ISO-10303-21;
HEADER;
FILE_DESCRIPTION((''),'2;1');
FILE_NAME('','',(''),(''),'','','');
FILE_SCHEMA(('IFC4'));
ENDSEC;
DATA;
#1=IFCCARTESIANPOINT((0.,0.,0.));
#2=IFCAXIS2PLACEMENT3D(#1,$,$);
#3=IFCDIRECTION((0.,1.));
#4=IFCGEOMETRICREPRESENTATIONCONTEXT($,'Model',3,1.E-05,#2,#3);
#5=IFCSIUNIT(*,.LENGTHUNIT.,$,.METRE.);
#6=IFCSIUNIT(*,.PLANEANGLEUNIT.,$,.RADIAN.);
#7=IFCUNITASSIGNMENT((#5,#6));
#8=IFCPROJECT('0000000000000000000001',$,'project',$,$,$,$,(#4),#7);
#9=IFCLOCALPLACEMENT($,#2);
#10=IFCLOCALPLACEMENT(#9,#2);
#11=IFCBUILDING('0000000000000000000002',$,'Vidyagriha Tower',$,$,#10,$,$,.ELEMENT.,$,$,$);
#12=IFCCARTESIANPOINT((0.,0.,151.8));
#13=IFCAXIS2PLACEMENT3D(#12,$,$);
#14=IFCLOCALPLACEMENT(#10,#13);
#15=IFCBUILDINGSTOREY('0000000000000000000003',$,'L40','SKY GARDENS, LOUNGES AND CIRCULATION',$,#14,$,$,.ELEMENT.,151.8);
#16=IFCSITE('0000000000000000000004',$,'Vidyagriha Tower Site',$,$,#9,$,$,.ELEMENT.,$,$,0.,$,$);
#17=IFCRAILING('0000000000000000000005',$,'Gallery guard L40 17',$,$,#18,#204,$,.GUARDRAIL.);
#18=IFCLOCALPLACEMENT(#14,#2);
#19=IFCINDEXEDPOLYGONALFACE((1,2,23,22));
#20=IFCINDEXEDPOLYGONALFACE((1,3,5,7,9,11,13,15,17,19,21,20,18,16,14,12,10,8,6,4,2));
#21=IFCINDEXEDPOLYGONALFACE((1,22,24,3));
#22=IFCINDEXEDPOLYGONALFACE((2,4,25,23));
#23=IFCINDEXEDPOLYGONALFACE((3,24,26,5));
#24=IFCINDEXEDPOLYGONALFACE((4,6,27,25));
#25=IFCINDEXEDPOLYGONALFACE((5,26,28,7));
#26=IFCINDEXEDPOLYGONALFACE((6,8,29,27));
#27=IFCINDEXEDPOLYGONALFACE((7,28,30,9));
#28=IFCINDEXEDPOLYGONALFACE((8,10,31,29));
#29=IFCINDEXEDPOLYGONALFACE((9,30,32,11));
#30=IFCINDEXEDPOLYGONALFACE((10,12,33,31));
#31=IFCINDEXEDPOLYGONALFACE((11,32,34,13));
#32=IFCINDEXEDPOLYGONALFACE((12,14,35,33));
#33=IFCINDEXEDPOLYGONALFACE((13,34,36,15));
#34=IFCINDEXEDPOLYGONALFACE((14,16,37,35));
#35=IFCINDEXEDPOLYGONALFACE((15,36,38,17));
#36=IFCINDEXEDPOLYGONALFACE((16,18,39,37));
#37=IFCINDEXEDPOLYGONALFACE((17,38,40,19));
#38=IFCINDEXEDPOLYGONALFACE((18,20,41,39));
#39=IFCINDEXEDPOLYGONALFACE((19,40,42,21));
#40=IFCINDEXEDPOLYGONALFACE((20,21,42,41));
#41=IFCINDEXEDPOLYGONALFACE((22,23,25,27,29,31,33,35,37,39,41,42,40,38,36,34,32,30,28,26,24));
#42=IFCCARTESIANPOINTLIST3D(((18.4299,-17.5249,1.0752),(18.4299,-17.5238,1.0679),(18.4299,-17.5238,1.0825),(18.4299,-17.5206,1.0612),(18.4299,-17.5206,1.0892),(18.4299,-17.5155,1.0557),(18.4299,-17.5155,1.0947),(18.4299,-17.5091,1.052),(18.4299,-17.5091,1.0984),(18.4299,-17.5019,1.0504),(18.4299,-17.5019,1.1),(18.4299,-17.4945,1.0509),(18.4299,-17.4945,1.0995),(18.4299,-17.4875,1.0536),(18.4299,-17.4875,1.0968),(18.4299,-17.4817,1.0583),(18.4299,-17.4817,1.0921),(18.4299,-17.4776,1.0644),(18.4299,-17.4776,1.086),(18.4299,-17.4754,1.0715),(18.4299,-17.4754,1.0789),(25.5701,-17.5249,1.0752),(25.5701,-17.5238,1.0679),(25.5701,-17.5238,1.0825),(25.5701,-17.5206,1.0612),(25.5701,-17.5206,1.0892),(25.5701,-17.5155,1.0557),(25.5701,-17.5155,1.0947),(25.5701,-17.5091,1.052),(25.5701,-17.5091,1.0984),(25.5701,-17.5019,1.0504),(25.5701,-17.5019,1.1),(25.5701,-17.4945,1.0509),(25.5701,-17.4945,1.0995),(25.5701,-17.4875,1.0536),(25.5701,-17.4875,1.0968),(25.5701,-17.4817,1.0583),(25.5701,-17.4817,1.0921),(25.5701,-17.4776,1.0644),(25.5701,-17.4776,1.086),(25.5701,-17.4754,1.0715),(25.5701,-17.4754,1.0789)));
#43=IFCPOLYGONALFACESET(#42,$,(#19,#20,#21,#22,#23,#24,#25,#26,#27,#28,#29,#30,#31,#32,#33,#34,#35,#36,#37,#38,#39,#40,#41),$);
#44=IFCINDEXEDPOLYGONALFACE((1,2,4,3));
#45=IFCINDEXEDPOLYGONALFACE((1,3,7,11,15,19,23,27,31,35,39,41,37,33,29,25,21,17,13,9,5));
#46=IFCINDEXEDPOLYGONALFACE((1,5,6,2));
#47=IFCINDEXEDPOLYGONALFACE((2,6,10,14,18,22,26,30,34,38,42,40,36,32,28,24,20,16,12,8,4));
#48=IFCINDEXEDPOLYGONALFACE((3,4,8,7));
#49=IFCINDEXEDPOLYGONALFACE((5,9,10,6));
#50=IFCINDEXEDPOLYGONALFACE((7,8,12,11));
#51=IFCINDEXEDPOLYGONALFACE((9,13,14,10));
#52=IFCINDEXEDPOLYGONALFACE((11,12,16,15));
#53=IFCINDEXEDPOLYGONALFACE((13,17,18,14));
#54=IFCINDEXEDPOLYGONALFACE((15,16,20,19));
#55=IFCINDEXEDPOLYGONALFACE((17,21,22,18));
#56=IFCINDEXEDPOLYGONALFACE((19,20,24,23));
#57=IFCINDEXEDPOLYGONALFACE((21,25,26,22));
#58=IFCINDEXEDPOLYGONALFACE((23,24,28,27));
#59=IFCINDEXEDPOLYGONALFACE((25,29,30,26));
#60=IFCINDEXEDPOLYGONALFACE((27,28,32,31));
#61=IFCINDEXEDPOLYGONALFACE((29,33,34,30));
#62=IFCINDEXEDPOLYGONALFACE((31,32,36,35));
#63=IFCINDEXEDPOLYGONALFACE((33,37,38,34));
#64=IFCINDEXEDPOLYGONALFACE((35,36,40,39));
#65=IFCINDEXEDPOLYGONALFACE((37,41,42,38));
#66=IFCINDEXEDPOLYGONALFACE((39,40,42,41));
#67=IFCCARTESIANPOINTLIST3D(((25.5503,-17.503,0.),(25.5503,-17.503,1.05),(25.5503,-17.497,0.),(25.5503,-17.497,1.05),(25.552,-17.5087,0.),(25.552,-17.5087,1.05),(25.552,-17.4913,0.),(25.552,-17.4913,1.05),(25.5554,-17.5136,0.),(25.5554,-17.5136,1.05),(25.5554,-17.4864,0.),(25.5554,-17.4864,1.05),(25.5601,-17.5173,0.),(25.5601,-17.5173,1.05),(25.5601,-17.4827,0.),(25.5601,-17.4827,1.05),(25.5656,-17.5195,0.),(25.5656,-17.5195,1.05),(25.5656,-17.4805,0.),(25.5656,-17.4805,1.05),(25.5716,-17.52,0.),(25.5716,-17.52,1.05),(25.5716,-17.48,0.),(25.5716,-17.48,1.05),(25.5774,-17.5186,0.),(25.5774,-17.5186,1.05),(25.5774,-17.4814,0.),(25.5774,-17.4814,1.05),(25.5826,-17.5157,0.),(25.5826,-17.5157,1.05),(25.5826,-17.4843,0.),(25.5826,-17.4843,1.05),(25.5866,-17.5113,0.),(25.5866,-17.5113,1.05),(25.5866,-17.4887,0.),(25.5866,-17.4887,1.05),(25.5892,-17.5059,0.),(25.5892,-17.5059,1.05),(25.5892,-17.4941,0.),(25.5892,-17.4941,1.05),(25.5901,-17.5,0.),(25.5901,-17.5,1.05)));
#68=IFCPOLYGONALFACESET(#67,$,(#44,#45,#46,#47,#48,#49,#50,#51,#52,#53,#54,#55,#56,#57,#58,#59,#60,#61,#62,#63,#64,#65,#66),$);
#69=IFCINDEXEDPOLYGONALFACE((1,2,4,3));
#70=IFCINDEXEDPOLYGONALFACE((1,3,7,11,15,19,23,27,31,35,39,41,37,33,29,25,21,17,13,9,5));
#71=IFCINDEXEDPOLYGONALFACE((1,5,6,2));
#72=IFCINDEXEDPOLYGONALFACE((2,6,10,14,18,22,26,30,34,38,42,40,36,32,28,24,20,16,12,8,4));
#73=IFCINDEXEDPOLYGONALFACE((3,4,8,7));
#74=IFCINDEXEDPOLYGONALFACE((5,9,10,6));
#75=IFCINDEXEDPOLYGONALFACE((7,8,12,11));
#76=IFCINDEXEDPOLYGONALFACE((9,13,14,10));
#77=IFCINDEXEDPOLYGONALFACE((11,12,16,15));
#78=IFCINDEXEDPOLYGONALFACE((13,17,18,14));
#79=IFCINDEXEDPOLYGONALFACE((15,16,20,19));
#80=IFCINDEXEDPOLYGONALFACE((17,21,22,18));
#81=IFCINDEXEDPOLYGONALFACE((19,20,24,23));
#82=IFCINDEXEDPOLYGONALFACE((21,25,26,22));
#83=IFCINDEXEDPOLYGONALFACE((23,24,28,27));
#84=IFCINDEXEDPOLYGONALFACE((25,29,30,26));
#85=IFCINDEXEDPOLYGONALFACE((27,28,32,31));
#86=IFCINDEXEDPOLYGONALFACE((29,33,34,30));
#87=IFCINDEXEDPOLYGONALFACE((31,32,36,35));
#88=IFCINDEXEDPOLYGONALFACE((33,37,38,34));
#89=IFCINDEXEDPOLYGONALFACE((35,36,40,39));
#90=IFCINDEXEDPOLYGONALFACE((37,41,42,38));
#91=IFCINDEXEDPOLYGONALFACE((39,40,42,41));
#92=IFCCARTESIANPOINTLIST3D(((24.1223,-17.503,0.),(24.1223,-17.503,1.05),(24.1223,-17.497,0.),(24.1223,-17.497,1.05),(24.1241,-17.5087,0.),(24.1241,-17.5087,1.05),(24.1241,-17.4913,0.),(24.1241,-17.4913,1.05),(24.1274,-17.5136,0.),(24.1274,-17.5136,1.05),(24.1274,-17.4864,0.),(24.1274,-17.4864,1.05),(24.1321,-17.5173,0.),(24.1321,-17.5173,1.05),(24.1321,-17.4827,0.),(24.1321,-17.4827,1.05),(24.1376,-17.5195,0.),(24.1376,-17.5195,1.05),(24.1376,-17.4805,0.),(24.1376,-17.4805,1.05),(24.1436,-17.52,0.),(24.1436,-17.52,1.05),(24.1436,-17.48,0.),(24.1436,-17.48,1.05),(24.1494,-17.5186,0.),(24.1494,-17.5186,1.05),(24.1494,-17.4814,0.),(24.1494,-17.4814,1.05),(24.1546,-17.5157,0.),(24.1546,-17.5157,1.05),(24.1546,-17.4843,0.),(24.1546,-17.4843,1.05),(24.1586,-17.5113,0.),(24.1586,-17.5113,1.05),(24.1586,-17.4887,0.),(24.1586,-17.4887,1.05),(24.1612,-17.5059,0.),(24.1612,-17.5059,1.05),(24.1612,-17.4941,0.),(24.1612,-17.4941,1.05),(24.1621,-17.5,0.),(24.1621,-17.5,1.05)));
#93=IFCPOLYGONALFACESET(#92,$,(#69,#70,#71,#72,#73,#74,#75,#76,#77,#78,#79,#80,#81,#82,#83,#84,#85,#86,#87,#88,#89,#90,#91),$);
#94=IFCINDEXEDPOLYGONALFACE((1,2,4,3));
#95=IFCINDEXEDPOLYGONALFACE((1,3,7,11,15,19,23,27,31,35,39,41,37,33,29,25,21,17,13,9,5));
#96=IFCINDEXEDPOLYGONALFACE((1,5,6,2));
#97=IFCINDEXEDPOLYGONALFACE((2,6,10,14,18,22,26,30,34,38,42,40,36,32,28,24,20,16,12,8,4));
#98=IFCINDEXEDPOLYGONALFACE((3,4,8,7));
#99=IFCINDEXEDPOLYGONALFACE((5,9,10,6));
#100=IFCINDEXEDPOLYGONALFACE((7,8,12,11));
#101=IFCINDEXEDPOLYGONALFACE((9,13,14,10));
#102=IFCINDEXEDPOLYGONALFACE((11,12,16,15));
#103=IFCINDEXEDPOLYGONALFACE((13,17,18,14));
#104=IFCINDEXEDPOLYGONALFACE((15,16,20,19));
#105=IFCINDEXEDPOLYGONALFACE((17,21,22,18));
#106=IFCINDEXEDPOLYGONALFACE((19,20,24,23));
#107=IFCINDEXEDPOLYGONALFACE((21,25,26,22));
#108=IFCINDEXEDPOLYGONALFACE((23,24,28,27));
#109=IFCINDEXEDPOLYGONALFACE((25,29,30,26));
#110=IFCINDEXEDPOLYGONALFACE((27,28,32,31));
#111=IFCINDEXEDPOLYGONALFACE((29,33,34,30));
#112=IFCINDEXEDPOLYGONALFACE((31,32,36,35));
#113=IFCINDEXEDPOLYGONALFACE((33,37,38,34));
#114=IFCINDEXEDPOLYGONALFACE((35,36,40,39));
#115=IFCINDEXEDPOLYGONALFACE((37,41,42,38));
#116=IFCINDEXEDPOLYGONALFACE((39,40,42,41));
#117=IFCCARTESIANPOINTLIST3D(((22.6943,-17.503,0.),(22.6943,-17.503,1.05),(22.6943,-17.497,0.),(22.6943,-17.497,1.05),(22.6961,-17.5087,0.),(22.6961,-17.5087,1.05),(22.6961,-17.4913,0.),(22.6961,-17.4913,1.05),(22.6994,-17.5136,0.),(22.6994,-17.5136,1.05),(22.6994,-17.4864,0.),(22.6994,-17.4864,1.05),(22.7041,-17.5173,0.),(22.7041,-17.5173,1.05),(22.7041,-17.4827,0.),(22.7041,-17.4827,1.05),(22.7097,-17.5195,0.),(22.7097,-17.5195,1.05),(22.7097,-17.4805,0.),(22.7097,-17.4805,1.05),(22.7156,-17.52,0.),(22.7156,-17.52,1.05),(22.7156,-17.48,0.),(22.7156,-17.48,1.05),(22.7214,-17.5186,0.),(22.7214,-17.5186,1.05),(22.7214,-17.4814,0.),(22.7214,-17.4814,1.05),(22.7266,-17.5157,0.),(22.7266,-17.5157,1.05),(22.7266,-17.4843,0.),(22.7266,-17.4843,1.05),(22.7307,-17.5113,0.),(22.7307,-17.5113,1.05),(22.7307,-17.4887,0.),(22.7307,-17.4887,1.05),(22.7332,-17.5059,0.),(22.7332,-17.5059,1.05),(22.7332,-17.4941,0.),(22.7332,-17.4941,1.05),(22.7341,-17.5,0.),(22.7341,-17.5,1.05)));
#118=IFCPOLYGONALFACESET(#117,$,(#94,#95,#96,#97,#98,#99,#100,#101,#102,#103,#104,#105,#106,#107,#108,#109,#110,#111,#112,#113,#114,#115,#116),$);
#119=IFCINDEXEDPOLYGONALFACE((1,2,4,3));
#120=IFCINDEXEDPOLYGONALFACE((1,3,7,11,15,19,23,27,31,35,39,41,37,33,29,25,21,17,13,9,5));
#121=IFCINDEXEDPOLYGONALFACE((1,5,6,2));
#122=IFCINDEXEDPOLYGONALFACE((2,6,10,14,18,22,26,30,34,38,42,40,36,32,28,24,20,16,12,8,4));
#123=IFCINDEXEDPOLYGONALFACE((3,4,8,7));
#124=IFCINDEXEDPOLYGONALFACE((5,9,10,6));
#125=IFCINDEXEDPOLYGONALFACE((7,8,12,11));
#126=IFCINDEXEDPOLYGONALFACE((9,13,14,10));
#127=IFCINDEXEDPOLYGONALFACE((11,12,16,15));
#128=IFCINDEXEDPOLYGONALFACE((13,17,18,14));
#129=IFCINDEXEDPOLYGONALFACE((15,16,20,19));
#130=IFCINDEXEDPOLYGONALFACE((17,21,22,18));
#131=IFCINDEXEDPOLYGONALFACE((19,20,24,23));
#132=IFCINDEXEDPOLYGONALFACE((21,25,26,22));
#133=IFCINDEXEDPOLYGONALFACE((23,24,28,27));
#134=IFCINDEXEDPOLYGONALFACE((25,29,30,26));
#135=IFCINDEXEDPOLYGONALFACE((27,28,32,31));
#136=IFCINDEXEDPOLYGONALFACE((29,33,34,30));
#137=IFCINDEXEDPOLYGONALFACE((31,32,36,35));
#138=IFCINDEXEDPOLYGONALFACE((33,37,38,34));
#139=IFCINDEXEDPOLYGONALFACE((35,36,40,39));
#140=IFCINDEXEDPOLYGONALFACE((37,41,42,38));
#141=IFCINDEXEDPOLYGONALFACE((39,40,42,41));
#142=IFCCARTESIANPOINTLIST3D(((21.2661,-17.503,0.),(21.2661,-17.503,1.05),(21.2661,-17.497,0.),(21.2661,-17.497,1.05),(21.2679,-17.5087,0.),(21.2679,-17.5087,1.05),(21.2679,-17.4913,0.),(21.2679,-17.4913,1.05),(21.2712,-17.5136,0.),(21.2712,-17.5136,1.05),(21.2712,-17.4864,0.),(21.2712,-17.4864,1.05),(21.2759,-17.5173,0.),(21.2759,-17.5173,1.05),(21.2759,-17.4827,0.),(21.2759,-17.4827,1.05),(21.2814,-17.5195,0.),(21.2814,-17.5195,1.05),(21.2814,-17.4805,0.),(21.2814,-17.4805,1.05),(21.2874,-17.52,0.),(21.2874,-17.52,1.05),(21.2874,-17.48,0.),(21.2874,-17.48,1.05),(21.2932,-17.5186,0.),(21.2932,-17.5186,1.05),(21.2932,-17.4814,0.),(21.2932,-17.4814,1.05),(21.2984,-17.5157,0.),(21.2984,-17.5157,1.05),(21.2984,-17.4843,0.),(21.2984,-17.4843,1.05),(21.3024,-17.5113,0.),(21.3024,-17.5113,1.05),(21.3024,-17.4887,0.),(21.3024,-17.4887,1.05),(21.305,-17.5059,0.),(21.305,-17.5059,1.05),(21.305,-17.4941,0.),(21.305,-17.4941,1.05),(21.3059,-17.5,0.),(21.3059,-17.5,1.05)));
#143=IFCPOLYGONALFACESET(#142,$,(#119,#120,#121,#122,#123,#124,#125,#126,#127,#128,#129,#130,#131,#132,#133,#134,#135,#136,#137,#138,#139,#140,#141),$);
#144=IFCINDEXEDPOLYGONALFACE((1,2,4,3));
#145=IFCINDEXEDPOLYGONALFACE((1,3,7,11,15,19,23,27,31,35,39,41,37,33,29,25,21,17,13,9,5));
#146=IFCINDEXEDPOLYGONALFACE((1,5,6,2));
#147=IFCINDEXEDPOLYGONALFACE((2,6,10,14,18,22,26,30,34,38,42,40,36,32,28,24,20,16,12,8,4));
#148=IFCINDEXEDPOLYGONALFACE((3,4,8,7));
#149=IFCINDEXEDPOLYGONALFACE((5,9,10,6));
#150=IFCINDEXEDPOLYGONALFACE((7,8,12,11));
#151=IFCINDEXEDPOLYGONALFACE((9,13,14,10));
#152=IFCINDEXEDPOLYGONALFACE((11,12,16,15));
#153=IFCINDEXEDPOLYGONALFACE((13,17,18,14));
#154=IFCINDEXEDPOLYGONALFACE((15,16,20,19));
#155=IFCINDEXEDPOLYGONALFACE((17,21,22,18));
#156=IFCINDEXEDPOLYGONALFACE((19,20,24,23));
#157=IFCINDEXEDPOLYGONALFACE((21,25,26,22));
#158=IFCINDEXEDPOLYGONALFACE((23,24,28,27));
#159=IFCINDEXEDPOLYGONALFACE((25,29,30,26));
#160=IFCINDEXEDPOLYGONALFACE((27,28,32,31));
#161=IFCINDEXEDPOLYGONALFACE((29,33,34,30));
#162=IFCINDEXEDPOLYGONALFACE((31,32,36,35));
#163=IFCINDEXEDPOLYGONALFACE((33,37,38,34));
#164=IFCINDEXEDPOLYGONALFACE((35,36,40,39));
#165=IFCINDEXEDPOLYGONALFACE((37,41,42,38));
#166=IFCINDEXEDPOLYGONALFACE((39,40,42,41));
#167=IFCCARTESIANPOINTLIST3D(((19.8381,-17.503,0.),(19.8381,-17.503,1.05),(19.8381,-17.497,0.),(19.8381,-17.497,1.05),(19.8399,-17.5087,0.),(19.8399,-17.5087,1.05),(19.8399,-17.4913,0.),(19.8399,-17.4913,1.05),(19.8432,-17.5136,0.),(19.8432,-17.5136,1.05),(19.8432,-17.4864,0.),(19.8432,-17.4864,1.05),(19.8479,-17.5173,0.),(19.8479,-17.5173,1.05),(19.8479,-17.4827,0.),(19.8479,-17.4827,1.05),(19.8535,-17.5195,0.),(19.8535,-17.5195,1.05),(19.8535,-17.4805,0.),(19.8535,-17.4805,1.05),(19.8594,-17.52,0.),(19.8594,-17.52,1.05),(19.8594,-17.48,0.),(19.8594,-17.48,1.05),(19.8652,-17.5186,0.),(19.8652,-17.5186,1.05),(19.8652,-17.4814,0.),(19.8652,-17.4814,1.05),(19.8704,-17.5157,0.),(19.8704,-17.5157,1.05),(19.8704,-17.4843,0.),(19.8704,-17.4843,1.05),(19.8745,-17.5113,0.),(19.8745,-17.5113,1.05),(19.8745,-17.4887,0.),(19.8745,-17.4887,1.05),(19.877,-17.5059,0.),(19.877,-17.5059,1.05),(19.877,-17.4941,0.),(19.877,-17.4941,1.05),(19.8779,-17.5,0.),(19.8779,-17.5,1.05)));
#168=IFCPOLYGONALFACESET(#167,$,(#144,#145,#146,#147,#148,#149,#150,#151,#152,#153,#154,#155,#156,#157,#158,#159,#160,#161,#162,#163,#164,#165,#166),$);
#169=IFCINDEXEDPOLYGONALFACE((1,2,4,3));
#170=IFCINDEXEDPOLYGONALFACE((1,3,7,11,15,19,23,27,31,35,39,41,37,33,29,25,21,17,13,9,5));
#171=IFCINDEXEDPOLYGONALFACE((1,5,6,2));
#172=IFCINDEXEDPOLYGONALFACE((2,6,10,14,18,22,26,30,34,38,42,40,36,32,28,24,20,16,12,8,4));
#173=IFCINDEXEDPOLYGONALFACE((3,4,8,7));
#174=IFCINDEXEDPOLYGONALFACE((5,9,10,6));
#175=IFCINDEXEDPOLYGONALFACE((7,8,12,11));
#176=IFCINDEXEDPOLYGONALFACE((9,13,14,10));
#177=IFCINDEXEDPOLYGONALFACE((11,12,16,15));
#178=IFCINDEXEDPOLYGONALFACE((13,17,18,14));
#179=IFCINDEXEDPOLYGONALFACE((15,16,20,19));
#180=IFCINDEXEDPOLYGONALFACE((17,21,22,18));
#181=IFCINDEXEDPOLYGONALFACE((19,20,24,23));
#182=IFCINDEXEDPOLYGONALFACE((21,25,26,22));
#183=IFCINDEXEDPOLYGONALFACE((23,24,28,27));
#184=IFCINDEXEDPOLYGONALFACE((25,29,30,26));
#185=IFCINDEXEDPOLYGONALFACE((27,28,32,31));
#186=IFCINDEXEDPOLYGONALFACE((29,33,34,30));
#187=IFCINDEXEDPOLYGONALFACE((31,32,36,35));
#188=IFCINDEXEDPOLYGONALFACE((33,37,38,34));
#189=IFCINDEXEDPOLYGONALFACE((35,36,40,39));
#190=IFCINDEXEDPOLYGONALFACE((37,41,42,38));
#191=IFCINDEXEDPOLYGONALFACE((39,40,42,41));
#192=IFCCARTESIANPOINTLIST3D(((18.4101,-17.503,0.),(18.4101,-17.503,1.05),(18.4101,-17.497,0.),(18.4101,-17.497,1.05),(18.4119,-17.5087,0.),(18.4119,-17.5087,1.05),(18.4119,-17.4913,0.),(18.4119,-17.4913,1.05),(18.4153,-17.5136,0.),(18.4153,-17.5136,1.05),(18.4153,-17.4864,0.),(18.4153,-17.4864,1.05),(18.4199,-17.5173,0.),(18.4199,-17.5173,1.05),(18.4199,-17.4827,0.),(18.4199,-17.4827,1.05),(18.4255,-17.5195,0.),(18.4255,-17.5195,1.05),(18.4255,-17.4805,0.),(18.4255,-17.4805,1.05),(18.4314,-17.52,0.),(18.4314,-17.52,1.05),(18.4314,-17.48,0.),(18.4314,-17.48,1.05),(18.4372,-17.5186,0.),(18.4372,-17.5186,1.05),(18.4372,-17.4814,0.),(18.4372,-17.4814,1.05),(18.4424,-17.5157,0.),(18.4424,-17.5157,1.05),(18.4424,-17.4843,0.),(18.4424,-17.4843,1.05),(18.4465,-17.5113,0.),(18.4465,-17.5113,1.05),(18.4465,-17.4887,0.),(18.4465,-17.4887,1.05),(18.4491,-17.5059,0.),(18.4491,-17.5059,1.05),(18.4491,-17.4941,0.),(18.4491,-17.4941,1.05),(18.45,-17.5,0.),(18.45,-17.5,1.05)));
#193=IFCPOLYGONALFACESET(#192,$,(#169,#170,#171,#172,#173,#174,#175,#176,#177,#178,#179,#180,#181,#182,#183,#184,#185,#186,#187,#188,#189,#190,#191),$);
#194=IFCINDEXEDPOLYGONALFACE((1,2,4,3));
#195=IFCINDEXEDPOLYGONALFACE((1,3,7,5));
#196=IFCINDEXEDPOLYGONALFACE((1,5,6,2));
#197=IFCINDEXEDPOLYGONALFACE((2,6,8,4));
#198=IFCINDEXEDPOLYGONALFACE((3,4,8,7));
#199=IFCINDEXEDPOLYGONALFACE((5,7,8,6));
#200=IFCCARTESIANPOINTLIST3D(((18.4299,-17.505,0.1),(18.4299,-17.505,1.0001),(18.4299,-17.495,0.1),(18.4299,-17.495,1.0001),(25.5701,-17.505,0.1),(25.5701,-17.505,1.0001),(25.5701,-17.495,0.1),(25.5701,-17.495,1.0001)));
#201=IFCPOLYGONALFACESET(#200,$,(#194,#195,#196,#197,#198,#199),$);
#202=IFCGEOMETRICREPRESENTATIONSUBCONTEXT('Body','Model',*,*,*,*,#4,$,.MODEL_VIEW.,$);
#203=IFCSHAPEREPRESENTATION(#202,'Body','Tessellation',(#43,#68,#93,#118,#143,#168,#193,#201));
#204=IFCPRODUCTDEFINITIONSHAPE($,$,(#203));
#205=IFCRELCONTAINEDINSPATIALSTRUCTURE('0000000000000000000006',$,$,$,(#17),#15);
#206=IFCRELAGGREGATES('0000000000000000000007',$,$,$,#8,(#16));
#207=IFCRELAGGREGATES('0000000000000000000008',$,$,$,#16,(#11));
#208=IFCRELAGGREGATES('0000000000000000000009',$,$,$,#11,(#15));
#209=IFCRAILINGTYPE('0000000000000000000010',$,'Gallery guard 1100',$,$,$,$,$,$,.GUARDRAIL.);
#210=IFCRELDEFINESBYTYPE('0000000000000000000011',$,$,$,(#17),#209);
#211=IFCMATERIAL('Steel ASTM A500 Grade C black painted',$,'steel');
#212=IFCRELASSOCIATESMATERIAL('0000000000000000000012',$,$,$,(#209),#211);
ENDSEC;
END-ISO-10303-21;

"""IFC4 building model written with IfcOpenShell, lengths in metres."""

from ifc_helpers import new_model, si_unit, direction, frame, origin, origin_2d, place, context, subcontext, project, spatial, rectangle, circle, extrude, material, type_object, element, save


model = new_model("IFC4")

# Units and contexts
model_context = context("Model", 3, precision=1e-05, world=origin(), true_north=direction((0.0, 1.0)))
body_context = subcontext(model_context, "Body", "Model", "MODEL_VIEW")
ifc_project = project(units=[si_unit("LENGTHUNIT", "METRE"), si_unit("PLANEANGLEUNIT", "RADIAN")], contexts=[model_context])

# Site, building, storey
site_placement = place(None, origin())
site = spatial("IfcSite", under=ifc_project, at=site_placement, Name="Vidyagriha Tower Site", CompositionType="ELEMENT", RefElevation=0.0)
building_placement = place(site_placement, origin())
building = spatial("IfcBuilding", under=site, at=building_placement, Name="Vidyagriha Tower", CompositionType="ELEMENT")
storey_placement = place(building_placement, frame((0.0, 0.0, 151.8)))
storey = spatial("IfcBuildingStorey", under=building, at=storey_placement, Name="L40", Description="SKY GARDENS, LOUNGES AND CIRCULATION", CompositionType="ELEMENT", Elevation=151.8)

# Railing
ifc_material_1 = material(Name="Steel ASTM A500 Grade C black painted", Category="steel")
railing_type = type_object("IfcRailingType", Name="Gallery guard 1100", PredefinedType="GUARDRAIL", material=ifc_material_1)
for number, where, name in (
    (1, (25.5701, -17.5, 0.0), "Gallery guard L40 17"),
):
    element("IfcRailing", number, at=place(storey_placement, frame(where)), inside=storey, type_object=railing_type, Name=name, PredefinedType="GUARDRAIL", context=body_context, shape_type="SweptSolid", body=[
        extrude(circle(Radius=0.0249, at=origin_2d()), frame((0.0, 0.0, 1.0752), z_axis=(-1.0, 0.0, 0.0), x_axis=(0.0, -1.0, 0.0)), (0.0, 0.0, 1.0), 7.1401),
        extrude(circle(Radius=0.02, at=origin_2d()), origin(), (0.0, 0.0, 1.0), 1.05),
        extrude(circle(Radius=0.02, at=origin_2d()), frame((-1.428, 0.0, 0.0)), (0.0, 0.0, 1.0), 1.05),
        extrude(circle(Radius=0.02, at=origin_2d()), frame((-2.856, 0.0, 0.0)), (0.0, 0.0, 1.0), 1.05),
        extrude(circle(Radius=0.02, at=origin_2d()), frame((-4.2842, 0.0, 0.0)), (0.0, 0.0, 1.0), 1.05),
        extrude(circle(Radius=0.02, at=origin_2d()), frame((-5.7122, 0.0, 0.0)), (0.0, 0.0, 1.0), 1.05),
        extrude(circle(Radius=0.02, at=origin_2d()), frame((-7.1401, 0.0, 0.0)), (0.0, 0.0, 1.0), 1.05),
        extrude(rectangle(XDim=0.01, YDim=0.9001, at=origin_2d()), frame((0.0, 0.0, 0.55), z_axis=(-1.0, 0.0, 0.0), x_axis=(0.0, -1.0, 0.0)), (0.0, 0.0, 1.0), 7.1401),
    ])

save(model, "model.ifc")
